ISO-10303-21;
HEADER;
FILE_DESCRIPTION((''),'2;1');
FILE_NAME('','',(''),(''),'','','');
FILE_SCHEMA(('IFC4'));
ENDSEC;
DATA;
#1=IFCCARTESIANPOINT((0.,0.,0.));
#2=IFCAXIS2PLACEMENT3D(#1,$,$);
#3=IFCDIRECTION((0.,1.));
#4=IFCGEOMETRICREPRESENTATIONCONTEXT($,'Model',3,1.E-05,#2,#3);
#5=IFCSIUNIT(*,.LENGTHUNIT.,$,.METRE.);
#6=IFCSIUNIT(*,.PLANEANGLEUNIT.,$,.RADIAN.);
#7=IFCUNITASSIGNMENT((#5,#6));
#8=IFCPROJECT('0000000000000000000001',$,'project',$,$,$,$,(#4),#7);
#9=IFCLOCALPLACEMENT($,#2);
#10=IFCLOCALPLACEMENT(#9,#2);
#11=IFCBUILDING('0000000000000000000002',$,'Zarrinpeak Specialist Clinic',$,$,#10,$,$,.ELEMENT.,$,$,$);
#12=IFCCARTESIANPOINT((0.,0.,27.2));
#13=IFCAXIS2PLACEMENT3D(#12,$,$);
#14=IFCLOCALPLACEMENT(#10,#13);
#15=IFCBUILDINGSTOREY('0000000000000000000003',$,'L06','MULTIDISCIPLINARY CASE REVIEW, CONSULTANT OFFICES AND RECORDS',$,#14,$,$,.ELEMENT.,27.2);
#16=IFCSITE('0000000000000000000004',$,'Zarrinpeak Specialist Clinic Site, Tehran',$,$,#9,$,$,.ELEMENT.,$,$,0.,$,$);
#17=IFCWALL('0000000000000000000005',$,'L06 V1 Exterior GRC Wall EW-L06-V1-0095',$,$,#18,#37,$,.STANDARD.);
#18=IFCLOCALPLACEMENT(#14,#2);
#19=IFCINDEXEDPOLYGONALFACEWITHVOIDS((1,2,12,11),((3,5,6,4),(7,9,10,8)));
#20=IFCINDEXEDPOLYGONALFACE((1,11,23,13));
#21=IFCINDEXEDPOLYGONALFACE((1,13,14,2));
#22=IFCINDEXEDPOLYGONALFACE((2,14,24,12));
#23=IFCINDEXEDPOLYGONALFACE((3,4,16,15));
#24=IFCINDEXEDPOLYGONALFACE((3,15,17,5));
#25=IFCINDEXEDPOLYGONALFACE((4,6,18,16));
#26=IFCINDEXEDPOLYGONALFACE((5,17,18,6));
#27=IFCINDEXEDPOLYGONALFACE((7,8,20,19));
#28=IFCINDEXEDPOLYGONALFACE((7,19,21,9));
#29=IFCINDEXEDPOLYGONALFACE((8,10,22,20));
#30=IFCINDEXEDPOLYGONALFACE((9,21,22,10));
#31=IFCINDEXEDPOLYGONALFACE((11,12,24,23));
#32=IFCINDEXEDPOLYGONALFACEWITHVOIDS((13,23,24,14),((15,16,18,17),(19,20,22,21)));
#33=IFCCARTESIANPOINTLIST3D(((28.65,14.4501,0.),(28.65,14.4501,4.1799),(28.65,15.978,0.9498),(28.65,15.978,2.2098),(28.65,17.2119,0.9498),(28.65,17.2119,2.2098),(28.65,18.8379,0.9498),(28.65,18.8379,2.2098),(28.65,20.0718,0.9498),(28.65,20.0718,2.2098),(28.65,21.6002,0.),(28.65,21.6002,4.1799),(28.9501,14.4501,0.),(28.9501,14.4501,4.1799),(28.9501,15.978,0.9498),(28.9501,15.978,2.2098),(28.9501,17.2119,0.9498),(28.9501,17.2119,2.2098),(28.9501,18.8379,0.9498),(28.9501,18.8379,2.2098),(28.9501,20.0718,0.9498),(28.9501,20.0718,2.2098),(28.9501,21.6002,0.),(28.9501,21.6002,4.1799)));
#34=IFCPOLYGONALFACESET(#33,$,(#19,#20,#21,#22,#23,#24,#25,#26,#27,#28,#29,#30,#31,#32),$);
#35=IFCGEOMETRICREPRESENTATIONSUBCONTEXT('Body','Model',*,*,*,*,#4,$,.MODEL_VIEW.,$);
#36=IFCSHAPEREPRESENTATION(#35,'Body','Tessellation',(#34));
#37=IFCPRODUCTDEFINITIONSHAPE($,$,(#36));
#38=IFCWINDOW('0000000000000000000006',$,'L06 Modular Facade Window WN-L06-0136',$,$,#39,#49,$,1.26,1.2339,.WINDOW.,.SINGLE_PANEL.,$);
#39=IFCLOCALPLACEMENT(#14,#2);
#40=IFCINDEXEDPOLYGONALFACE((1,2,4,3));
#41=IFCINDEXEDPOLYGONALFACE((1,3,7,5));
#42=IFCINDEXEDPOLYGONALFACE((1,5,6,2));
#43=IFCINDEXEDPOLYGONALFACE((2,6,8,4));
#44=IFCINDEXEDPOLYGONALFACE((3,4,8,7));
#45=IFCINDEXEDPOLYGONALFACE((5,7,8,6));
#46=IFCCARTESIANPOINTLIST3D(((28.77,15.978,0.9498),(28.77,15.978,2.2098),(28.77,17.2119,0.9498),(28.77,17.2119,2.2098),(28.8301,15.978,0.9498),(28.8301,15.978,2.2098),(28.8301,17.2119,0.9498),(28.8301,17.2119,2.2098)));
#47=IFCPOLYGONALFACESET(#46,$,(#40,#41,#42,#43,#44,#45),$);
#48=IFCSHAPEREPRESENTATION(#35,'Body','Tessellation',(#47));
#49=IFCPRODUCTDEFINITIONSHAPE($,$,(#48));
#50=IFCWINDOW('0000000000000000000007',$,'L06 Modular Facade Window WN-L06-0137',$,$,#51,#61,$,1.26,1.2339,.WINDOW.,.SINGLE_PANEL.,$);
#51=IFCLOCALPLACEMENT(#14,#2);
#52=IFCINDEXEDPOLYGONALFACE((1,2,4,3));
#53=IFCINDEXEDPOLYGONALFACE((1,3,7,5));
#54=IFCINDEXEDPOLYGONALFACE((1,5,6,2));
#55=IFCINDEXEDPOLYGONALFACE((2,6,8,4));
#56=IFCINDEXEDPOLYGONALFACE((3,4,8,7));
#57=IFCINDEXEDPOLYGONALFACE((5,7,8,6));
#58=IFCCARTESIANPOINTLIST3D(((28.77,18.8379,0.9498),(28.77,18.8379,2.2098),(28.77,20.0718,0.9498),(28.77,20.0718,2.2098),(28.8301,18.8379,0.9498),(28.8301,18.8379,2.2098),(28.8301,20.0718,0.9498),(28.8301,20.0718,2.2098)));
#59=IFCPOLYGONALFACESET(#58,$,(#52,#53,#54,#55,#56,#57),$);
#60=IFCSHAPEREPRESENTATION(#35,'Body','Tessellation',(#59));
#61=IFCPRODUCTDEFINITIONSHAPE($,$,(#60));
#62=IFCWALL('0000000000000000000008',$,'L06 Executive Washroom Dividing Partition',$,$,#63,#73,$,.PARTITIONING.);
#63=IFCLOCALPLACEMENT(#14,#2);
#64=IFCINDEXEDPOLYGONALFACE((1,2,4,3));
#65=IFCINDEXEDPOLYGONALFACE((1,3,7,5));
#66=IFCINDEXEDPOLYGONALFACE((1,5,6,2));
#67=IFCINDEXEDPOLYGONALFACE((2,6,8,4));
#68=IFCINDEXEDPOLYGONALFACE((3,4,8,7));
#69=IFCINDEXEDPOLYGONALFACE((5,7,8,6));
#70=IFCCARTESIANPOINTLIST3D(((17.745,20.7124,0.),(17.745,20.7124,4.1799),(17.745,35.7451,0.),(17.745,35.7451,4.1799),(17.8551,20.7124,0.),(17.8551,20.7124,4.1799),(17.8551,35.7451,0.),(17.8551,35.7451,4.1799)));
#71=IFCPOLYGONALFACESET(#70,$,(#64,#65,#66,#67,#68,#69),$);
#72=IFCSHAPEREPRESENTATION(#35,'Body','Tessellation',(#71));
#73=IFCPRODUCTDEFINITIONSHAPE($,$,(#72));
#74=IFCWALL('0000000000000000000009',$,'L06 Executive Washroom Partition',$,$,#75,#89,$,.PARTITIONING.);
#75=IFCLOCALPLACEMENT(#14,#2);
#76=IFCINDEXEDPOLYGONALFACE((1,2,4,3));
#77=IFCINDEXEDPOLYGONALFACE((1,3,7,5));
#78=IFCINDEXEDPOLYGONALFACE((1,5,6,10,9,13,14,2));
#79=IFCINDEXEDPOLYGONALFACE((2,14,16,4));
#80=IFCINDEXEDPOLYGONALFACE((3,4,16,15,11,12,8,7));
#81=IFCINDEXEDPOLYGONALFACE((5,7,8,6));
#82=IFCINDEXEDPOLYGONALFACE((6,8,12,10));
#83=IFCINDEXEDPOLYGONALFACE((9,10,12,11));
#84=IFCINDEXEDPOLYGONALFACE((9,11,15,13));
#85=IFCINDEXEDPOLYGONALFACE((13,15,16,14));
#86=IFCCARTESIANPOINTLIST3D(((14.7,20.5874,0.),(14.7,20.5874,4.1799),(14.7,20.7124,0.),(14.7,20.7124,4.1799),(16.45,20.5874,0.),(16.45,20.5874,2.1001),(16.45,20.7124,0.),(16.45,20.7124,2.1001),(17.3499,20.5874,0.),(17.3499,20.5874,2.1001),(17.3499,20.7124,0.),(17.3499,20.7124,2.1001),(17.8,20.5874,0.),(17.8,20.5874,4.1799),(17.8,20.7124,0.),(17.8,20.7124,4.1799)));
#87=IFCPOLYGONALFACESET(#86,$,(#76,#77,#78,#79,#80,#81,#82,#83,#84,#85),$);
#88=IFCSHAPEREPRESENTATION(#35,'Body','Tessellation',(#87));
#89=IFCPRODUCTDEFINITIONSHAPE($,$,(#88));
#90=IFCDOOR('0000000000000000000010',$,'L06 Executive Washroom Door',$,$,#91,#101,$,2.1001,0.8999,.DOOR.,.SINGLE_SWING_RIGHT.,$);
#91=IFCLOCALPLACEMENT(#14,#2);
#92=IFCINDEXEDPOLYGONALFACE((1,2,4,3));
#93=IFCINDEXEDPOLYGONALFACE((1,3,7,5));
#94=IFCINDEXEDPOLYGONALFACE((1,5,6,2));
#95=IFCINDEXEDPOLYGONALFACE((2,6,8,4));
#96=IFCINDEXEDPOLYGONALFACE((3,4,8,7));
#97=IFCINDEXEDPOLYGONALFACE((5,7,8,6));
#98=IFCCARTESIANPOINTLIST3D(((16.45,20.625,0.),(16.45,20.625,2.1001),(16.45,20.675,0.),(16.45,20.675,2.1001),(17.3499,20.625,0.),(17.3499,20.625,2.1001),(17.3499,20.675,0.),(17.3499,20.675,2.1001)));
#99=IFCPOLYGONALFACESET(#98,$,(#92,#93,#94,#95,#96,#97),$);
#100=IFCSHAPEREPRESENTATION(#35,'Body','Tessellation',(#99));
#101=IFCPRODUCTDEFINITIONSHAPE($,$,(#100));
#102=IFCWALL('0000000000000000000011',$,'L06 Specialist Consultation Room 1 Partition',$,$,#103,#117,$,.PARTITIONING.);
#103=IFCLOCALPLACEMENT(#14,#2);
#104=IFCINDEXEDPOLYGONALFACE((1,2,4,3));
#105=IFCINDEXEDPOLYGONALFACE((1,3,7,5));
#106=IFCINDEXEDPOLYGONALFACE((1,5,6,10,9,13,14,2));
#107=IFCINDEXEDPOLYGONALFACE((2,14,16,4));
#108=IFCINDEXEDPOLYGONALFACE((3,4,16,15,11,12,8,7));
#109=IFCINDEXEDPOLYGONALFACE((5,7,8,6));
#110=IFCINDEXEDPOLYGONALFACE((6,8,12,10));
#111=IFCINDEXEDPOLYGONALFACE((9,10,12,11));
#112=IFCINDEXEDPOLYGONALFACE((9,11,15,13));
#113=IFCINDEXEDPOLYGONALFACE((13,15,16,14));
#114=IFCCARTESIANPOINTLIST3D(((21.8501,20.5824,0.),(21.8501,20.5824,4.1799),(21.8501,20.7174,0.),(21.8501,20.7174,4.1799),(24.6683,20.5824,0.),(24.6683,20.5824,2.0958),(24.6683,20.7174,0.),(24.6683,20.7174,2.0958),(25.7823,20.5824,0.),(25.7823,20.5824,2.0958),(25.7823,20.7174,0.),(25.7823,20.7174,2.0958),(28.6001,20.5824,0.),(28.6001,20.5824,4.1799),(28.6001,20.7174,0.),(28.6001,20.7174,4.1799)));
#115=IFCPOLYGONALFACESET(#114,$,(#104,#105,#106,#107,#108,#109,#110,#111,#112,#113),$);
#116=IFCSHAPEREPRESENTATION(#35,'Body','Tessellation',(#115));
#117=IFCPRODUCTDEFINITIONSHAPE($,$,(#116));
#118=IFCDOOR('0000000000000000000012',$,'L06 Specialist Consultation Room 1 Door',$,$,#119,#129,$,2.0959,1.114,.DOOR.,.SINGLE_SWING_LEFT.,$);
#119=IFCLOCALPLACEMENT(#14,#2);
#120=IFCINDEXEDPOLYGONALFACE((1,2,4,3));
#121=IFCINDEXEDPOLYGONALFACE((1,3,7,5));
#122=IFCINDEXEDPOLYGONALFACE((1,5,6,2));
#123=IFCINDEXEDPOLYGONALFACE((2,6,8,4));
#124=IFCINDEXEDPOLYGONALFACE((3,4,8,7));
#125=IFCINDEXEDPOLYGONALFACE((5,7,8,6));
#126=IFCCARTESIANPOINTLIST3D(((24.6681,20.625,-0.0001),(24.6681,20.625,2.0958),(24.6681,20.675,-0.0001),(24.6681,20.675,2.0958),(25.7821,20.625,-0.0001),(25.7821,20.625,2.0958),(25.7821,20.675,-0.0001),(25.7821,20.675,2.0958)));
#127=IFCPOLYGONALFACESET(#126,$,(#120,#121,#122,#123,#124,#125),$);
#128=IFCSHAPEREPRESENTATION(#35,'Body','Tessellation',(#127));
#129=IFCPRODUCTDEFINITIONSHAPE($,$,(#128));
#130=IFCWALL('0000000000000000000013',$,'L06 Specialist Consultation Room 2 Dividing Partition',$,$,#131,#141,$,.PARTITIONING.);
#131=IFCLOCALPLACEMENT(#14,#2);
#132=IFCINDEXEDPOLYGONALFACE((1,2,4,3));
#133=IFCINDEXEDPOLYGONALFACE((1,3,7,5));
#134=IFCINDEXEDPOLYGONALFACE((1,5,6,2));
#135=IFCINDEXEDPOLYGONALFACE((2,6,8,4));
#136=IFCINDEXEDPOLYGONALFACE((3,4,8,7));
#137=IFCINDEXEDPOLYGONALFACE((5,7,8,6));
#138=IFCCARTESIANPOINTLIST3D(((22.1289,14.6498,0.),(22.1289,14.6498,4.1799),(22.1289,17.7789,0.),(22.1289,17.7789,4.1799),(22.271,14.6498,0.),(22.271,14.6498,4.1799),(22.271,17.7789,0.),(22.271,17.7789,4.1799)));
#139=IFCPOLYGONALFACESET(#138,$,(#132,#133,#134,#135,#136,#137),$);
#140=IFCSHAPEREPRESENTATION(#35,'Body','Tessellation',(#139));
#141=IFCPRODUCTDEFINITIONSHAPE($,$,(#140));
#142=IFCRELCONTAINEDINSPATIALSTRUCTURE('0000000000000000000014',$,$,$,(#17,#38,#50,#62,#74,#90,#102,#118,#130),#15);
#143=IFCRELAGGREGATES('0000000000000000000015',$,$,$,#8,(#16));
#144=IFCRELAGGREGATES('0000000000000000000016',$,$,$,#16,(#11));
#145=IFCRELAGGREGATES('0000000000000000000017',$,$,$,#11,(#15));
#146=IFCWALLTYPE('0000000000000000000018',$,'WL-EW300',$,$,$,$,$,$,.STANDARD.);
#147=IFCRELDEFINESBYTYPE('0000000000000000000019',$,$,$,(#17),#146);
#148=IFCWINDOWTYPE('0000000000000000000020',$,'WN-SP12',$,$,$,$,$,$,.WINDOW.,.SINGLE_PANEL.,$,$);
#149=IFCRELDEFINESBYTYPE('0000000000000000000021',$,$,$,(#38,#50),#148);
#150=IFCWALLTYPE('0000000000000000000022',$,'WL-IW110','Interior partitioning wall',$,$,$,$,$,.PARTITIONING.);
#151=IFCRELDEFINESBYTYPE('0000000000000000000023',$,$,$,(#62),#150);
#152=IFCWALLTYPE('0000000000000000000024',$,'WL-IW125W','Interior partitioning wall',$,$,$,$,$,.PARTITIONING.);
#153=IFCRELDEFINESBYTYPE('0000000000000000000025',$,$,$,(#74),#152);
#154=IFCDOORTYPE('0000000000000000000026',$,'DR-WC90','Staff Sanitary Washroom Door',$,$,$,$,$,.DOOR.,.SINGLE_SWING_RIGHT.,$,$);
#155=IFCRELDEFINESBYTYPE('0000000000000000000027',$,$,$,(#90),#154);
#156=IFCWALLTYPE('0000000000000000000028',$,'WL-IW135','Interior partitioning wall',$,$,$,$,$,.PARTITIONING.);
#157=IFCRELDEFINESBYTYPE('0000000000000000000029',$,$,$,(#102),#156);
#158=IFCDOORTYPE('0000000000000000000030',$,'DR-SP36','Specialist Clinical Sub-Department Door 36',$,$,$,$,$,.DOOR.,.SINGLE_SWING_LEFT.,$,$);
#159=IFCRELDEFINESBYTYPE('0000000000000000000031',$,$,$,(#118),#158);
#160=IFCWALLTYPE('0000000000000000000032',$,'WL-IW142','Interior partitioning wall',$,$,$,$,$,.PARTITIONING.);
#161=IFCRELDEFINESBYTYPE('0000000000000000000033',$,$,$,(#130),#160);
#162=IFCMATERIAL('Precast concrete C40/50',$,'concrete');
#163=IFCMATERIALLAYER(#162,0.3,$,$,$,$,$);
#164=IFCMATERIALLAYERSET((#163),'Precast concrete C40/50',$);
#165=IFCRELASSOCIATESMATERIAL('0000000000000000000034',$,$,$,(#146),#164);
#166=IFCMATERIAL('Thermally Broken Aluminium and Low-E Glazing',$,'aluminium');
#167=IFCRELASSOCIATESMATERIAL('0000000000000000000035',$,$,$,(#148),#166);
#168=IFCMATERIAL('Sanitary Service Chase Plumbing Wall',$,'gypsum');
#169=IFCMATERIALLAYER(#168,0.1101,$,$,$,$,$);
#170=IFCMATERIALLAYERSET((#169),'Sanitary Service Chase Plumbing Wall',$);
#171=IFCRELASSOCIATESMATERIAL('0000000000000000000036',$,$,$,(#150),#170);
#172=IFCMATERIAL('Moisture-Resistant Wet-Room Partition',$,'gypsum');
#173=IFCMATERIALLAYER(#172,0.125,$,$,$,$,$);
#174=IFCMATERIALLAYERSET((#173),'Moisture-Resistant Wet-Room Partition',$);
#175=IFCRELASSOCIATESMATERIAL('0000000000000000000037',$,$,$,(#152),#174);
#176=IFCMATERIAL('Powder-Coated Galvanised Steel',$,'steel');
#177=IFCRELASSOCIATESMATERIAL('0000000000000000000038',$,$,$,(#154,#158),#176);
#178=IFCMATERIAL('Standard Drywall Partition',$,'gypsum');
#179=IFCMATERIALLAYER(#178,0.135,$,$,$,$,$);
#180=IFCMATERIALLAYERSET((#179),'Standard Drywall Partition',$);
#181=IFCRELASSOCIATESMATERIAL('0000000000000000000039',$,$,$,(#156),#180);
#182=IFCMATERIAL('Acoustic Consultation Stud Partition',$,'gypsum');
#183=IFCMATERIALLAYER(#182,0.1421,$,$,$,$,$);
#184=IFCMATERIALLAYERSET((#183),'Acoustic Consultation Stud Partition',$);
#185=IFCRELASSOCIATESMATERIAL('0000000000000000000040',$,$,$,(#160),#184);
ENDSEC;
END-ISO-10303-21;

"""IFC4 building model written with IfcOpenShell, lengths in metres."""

from ifc_helpers import new_model, si_unit, direction, frame, frame_2d, origin, place, context, subcontext, project, spatial, rectangle, extrude, material, layer, layer_set, type_object, element, fill, save


model = new_model("IFC4")

# Units and contexts
model_context = context("Model", 3, precision=1e-05, world=origin(), true_north=direction((0.0, 1.0)))
body_context = subcontext(model_context, "Body", "Model", "MODEL_VIEW")
ifc_project = project(units=[si_unit("LENGTHUNIT", "METRE"), si_unit("PLANEANGLEUNIT", "RADIAN")], contexts=[model_context])

# Site, building, storey
site_placement = place(None, origin())
site = spatial("IfcSite", under=ifc_project, at=site_placement, Name="Zarrinpeak Specialist Clinic Site, Tehran", CompositionType="ELEMENT", RefElevation=0.0)
building_placement = place(site_placement, origin())
building = spatial("IfcBuilding", under=site, at=building_placement, Name="Zarrinpeak Specialist Clinic", CompositionType="ELEMENT")
storey_placement = place(building_placement, frame((0.0, 0.0, 27.2)))
storey = spatial("IfcBuildingStorey", under=building, at=storey_placement, Name="L06", Description="MULTIDISCIPLINARY CASE REVIEW, CONSULTANT OFFICES AND RECORDS", CompositionType="ELEMENT", Elevation=27.2)

# Shared definitions
ifc_material_1 = material(Name="Powder-Coated Galvanised Steel", Category="steel")

# Wall, openings, windows
ifc_material_2 = material(Name="Precast concrete C40/50", Category="concrete")
ifc_layer_1 = layer(ifc_material_2, 0.3)
ifc_layer_set_1 = layer_set([ifc_layer_1], Name="Precast concrete C40/50")
wall_type_1 = type_object("IfcWallType", Name="WL-EW300", PredefinedType="STANDARD", material=ifc_layer_set_1)
wall_1_placement = place(storey_placement, frame((28.8, 14.45, 0.0), z_axis=(0.0, 0.0, 1.0), x_axis=(0.0, 1.0, 0.0)))
wall_1 = element("IfcWall", 1, at=wall_1_placement, inside=storey, type_object=wall_type_1, Name="L06 V1 Exterior GRC Wall EW-L06-V1-0095", PredefinedType="STANDARD", context=body_context, shape_type="SweptSolid", body=[
    extrude(rectangle(XDim=7.1501, YDim=0.3, at=frame_2d((3.5752, 0.0))), origin(), (0.0, 0.0, 1.0), 4.1799),
])
opening_1_placement = place(wall_1_placement, frame((1.5281, 0.0, 0.95)))
opening_1 = element("IfcOpeningElement", 2, at=opening_1_placement, cuts=wall_1, PredefinedType="OPENING", context=body_context, shape_type="SweptSolid", body=[
    extrude(rectangle(XDim=1.2339, YDim=1.26, at=frame_2d((0.6169, 0.6299))), frame((0.0, 0.1602, 0.0), z_axis=(0.0, -1.0, 0.0), x_axis=(1.0, 0.0, 0.0)), (0.0, 0.0, 1.0), 0.3201),
])
opening_2_placement = place(wall_1_placement, frame((4.3879, 0.0, 0.95)))
opening_2 = element("IfcOpeningElement", 3, at=opening_2_placement, cuts=wall_1, PredefinedType="OPENING", context=body_context, shape_type="SweptSolid", body=[
    extrude(rectangle(XDim=1.2339, YDim=1.26, at=frame_2d((0.6169, 0.6299))), frame((0.0, 0.1602, 0.0), z_axis=(0.0, -1.0, 0.0), x_axis=(1.0, 0.0, 0.0)), (0.0, 0.0, 1.0), 0.3201),
])
ifc_material_3 = material(Name="Thermally Broken Aluminium and Low-E Glazing", Category="aluminium")
window_type = type_object("IfcWindowType", Name="WN-SP12", PartitioningType="SINGLE_PANEL", PredefinedType="WINDOW", material=ifc_material_3)
window_1_placement = place(opening_1_placement, origin())
window_1 = element("IfcWindow", 4, at=window_1_placement, inside=storey, type_object=window_type, Name="L06 Modular Facade Window WN-L06-0136", OverallHeight=1.26, OverallWidth=1.2339, PartitioningType="SINGLE_PANEL", PredefinedType="WINDOW", context=body_context, shape_type="SweptSolid", body=[
    extrude(rectangle(XDim=1.2339, YDim=1.26, at=frame_2d((0.6169, 0.6299))), frame((0.0, 0.03, 0.0), z_axis=(0.0, -1.0, 0.0), x_axis=(1.0, 0.0, 0.0)), (0.0, 0.0, 1.0), 0.0601),
])
fill(opening_1, window_1)
window_2_placement = place(opening_2_placement, origin())
window_2 = element("IfcWindow", 5, at=window_2_placement, inside=storey, type_object=window_type, Name="L06 Modular Facade Window WN-L06-0137", OverallHeight=1.26, OverallWidth=1.2339, PartitioningType="SINGLE_PANEL", PredefinedType="WINDOW", context=body_context, shape_type="SweptSolid", body=[
    extrude(rectangle(XDim=1.2339, YDim=1.26, at=frame_2d((0.6169, 0.6299))), frame((0.0, 0.03, 0.0), z_axis=(0.0, -1.0, 0.0), x_axis=(1.0, 0.0, 0.0)), (0.0, 0.0, 1.0), 0.0601),
])
fill(opening_2, window_2)

# Wall
ifc_material_4 = material(Name="Sanitary Service Chase Plumbing Wall", Category="gypsum")
ifc_layer_2 = layer(ifc_material_4, 0.1101)
ifc_layer_set_2 = layer_set([ifc_layer_2], Name="Sanitary Service Chase Plumbing Wall")
wall_type_2 = type_object("IfcWallType", Name="WL-IW110", Description="Interior partitioning wall", PredefinedType="PARTITIONING", material=ifc_layer_set_2)
wall_2_placement = place(storey_placement, frame((17.8, 20.7124, 0.0), z_axis=(0.0, 0.0, 1.0), x_axis=(0.0, 1.0, 0.0)))
element("IfcWall", 6, at=wall_2_placement, inside=storey, type_object=wall_type_2, Name="L06 Executive Washroom Dividing Partition", PredefinedType="PARTITIONING", context=body_context, shape_type="SweptSolid", body=[
    extrude(rectangle(XDim=15.0327, YDim=0.1101, at=frame_2d((7.5164, 0.0))), origin(), (0.0, 0.0, 1.0), 4.1799),
])

# Walls, openings, doors
ifc_material_5 = material(Name="Moisture-Resistant Wet-Room Partition", Category="gypsum")
ifc_layer_3 = layer(ifc_material_5, 0.125)
ifc_layer_set_3 = layer_set([ifc_layer_3], Name="Moisture-Resistant Wet-Room Partition")
wall_type_3 = type_object("IfcWallType", Name="WL-IW125W", Description="Interior partitioning wall", PredefinedType="PARTITIONING", material=ifc_layer_set_3)
wall_3_placement = place(storey_placement, frame((14.7, 20.6499, 0.0), z_axis=(0.0, 0.0, 1.0), x_axis=(1.0, 0.0, 0.0)))
wall_3 = element("IfcWall", 7, at=wall_3_placement, inside=storey, type_object=wall_type_3, Name="L06 Executive Washroom Partition", PredefinedType="PARTITIONING", context=body_context, shape_type="SweptSolid", body=[
    extrude(rectangle(XDim=3.1001, YDim=0.125, at=frame_2d((1.55, 0.0))), origin(), (0.0, 0.0, 1.0), 4.1799),
])
opening_3_placement = place(wall_3_placement, frame((1.75, 0.0, 0.0)))
opening_3 = element("IfcOpeningElement", 8, at=opening_3_placement, cuts=wall_3, PredefinedType="OPENING", context=body_context, shape_type="SweptSolid", body=[
    extrude(rectangle(XDim=0.8999, YDim=2.1001, at=frame_2d((0.45, 1.05))), frame((0.0, 0.0725, 0.0), z_axis=(0.0, -1.0, 0.0), x_axis=(1.0, 0.0, 0.0)), (0.0, 0.0, 1.0), 0.145),
])
door_type_1 = type_object("IfcDoorType", Name="DR-WC90", Description="Staff Sanitary Washroom Door", OperationType="SINGLE_SWING_RIGHT", PredefinedType="DOOR", material=ifc_material_1)
door_1_placement = place(opening_3_placement, frame((0.8999, 0.0, 0.0), z_axis=(0.0, 0.0, 1.0), x_axis=(-1.0, 0.0, 0.0)))
door_1 = element("IfcDoor", 9, at=door_1_placement, inside=storey, type_object=door_type_1, Name="L06 Executive Washroom Door", OperationType="SINGLE_SWING_RIGHT", OverallHeight=2.1001, OverallWidth=0.8999, PredefinedType="DOOR", context=body_context, shape_type="SweptSolid", body=[
    extrude(rectangle(XDim=0.8999, YDim=2.1001, at=frame_2d((0.45, 1.05))), frame((0.0, 0.0249, 0.0), z_axis=(0.0, -1.0, 0.0), x_axis=(1.0, 0.0, 0.0)), (0.0, 0.0, 1.0), 0.05),
])
fill(opening_3, door_1)
ifc_material_6 = material(Name="Standard Drywall Partition", Category="gypsum")
ifc_layer_4 = layer(ifc_material_6, 0.135)
ifc_layer_set_4 = layer_set([ifc_layer_4], Name="Standard Drywall Partition")
wall_type_4 = type_object("IfcWallType", Name="WL-IW135", Description="Interior partitioning wall", PredefinedType="PARTITIONING", material=ifc_layer_set_4)
wall_4_placement = place(storey_placement, frame((21.8501, 20.6499, 0.0), z_axis=(0.0, 0.0, 1.0), x_axis=(1.0, 0.0, 0.0)))
wall_4 = element("IfcWall", 10, at=wall_4_placement, inside=storey, type_object=wall_type_4, Name="L06 Specialist Consultation Room 1 Partition", PredefinedType="PARTITIONING", context=body_context, shape_type="SweptSolid", body=[
    extrude(rectangle(XDim=6.75, YDim=0.135, at=frame_2d((3.375, 0.0))), origin(), (0.0, 0.0, 1.0), 4.1799),
])
opening_4_placement = place(wall_4_placement, frame((2.8181, 0.0, 0.0)))
opening_4 = element("IfcOpeningElement", 11, at=opening_4_placement, cuts=wall_4, PredefinedType="OPENING", context=body_context, shape_type="SweptSolid", body=[
    extrude(rectangle(XDim=1.114, YDim=2.0959, at=frame_2d((0.5571, 1.0479))), frame((0.0, 0.0776, 0.0), z_axis=(0.0, -1.0, 0.0), x_axis=(1.0, 0.0, 0.0)), (0.0, 0.0, 1.0), 0.155),
])
door_type_2 = type_object("IfcDoorType", Name="DR-SP36", Description="Specialist Clinical Sub-Department Door 36", OperationType="SINGLE_SWING_LEFT", PredefinedType="DOOR", material=ifc_material_1)
door_2_placement = place(opening_4_placement, frame((1.114, 0.0, 0.0), z_axis=(0.0, 0.0, 1.0), x_axis=(-1.0, 0.0, 0.0)))
door_2 = element("IfcDoor", 12, at=door_2_placement, inside=storey, type_object=door_type_2, Name="L06 Specialist Consultation Room 1 Door", OperationType="SINGLE_SWING_LEFT", OverallHeight=2.0959, OverallWidth=1.114, PredefinedType="DOOR", context=body_context, shape_type="SweptSolid", body=[
    extrude(rectangle(XDim=1.114, YDim=2.0959, at=frame_2d((0.5571, 1.0479))), frame((0.0, 0.0249, 0.0), z_axis=(0.0, -1.0, 0.0), x_axis=(1.0, 0.0, 0.0)), (0.0, 0.0, 1.0), 0.05),
])
fill(opening_4, door_2)

# Wall
ifc_material_7 = material(Name="Acoustic Consultation Stud Partition", Category="gypsum")
ifc_layer_5 = layer(ifc_material_7, 0.1421)
ifc_layer_set_5 = layer_set([ifc_layer_5], Name="Acoustic Consultation Stud Partition")
wall_type_5 = type_object("IfcWallType", Name="WL-IW142", Description="Interior partitioning wall", PredefinedType="PARTITIONING", material=ifc_layer_set_5)
wall_5_placement = place(storey_placement, frame((22.2, 14.6499, 0.0), z_axis=(0.0, 0.0, 1.0), x_axis=(0.0, 1.0, 0.0)))
element("IfcWall", 13, at=wall_5_placement, inside=storey, type_object=wall_type_5, Name="L06 Specialist Consultation Room 2 Dividing Partition", PredefinedType="PARTITIONING", context=body_context, shape_type="SweptSolid", body=[
    extrude(rectangle(XDim=3.1292, YDim=0.1421, at=frame_2d((1.5645, 0.0))), origin(), (0.0, 0.0, 1.0), 4.1799),
])

save(model, "model.ifc")
